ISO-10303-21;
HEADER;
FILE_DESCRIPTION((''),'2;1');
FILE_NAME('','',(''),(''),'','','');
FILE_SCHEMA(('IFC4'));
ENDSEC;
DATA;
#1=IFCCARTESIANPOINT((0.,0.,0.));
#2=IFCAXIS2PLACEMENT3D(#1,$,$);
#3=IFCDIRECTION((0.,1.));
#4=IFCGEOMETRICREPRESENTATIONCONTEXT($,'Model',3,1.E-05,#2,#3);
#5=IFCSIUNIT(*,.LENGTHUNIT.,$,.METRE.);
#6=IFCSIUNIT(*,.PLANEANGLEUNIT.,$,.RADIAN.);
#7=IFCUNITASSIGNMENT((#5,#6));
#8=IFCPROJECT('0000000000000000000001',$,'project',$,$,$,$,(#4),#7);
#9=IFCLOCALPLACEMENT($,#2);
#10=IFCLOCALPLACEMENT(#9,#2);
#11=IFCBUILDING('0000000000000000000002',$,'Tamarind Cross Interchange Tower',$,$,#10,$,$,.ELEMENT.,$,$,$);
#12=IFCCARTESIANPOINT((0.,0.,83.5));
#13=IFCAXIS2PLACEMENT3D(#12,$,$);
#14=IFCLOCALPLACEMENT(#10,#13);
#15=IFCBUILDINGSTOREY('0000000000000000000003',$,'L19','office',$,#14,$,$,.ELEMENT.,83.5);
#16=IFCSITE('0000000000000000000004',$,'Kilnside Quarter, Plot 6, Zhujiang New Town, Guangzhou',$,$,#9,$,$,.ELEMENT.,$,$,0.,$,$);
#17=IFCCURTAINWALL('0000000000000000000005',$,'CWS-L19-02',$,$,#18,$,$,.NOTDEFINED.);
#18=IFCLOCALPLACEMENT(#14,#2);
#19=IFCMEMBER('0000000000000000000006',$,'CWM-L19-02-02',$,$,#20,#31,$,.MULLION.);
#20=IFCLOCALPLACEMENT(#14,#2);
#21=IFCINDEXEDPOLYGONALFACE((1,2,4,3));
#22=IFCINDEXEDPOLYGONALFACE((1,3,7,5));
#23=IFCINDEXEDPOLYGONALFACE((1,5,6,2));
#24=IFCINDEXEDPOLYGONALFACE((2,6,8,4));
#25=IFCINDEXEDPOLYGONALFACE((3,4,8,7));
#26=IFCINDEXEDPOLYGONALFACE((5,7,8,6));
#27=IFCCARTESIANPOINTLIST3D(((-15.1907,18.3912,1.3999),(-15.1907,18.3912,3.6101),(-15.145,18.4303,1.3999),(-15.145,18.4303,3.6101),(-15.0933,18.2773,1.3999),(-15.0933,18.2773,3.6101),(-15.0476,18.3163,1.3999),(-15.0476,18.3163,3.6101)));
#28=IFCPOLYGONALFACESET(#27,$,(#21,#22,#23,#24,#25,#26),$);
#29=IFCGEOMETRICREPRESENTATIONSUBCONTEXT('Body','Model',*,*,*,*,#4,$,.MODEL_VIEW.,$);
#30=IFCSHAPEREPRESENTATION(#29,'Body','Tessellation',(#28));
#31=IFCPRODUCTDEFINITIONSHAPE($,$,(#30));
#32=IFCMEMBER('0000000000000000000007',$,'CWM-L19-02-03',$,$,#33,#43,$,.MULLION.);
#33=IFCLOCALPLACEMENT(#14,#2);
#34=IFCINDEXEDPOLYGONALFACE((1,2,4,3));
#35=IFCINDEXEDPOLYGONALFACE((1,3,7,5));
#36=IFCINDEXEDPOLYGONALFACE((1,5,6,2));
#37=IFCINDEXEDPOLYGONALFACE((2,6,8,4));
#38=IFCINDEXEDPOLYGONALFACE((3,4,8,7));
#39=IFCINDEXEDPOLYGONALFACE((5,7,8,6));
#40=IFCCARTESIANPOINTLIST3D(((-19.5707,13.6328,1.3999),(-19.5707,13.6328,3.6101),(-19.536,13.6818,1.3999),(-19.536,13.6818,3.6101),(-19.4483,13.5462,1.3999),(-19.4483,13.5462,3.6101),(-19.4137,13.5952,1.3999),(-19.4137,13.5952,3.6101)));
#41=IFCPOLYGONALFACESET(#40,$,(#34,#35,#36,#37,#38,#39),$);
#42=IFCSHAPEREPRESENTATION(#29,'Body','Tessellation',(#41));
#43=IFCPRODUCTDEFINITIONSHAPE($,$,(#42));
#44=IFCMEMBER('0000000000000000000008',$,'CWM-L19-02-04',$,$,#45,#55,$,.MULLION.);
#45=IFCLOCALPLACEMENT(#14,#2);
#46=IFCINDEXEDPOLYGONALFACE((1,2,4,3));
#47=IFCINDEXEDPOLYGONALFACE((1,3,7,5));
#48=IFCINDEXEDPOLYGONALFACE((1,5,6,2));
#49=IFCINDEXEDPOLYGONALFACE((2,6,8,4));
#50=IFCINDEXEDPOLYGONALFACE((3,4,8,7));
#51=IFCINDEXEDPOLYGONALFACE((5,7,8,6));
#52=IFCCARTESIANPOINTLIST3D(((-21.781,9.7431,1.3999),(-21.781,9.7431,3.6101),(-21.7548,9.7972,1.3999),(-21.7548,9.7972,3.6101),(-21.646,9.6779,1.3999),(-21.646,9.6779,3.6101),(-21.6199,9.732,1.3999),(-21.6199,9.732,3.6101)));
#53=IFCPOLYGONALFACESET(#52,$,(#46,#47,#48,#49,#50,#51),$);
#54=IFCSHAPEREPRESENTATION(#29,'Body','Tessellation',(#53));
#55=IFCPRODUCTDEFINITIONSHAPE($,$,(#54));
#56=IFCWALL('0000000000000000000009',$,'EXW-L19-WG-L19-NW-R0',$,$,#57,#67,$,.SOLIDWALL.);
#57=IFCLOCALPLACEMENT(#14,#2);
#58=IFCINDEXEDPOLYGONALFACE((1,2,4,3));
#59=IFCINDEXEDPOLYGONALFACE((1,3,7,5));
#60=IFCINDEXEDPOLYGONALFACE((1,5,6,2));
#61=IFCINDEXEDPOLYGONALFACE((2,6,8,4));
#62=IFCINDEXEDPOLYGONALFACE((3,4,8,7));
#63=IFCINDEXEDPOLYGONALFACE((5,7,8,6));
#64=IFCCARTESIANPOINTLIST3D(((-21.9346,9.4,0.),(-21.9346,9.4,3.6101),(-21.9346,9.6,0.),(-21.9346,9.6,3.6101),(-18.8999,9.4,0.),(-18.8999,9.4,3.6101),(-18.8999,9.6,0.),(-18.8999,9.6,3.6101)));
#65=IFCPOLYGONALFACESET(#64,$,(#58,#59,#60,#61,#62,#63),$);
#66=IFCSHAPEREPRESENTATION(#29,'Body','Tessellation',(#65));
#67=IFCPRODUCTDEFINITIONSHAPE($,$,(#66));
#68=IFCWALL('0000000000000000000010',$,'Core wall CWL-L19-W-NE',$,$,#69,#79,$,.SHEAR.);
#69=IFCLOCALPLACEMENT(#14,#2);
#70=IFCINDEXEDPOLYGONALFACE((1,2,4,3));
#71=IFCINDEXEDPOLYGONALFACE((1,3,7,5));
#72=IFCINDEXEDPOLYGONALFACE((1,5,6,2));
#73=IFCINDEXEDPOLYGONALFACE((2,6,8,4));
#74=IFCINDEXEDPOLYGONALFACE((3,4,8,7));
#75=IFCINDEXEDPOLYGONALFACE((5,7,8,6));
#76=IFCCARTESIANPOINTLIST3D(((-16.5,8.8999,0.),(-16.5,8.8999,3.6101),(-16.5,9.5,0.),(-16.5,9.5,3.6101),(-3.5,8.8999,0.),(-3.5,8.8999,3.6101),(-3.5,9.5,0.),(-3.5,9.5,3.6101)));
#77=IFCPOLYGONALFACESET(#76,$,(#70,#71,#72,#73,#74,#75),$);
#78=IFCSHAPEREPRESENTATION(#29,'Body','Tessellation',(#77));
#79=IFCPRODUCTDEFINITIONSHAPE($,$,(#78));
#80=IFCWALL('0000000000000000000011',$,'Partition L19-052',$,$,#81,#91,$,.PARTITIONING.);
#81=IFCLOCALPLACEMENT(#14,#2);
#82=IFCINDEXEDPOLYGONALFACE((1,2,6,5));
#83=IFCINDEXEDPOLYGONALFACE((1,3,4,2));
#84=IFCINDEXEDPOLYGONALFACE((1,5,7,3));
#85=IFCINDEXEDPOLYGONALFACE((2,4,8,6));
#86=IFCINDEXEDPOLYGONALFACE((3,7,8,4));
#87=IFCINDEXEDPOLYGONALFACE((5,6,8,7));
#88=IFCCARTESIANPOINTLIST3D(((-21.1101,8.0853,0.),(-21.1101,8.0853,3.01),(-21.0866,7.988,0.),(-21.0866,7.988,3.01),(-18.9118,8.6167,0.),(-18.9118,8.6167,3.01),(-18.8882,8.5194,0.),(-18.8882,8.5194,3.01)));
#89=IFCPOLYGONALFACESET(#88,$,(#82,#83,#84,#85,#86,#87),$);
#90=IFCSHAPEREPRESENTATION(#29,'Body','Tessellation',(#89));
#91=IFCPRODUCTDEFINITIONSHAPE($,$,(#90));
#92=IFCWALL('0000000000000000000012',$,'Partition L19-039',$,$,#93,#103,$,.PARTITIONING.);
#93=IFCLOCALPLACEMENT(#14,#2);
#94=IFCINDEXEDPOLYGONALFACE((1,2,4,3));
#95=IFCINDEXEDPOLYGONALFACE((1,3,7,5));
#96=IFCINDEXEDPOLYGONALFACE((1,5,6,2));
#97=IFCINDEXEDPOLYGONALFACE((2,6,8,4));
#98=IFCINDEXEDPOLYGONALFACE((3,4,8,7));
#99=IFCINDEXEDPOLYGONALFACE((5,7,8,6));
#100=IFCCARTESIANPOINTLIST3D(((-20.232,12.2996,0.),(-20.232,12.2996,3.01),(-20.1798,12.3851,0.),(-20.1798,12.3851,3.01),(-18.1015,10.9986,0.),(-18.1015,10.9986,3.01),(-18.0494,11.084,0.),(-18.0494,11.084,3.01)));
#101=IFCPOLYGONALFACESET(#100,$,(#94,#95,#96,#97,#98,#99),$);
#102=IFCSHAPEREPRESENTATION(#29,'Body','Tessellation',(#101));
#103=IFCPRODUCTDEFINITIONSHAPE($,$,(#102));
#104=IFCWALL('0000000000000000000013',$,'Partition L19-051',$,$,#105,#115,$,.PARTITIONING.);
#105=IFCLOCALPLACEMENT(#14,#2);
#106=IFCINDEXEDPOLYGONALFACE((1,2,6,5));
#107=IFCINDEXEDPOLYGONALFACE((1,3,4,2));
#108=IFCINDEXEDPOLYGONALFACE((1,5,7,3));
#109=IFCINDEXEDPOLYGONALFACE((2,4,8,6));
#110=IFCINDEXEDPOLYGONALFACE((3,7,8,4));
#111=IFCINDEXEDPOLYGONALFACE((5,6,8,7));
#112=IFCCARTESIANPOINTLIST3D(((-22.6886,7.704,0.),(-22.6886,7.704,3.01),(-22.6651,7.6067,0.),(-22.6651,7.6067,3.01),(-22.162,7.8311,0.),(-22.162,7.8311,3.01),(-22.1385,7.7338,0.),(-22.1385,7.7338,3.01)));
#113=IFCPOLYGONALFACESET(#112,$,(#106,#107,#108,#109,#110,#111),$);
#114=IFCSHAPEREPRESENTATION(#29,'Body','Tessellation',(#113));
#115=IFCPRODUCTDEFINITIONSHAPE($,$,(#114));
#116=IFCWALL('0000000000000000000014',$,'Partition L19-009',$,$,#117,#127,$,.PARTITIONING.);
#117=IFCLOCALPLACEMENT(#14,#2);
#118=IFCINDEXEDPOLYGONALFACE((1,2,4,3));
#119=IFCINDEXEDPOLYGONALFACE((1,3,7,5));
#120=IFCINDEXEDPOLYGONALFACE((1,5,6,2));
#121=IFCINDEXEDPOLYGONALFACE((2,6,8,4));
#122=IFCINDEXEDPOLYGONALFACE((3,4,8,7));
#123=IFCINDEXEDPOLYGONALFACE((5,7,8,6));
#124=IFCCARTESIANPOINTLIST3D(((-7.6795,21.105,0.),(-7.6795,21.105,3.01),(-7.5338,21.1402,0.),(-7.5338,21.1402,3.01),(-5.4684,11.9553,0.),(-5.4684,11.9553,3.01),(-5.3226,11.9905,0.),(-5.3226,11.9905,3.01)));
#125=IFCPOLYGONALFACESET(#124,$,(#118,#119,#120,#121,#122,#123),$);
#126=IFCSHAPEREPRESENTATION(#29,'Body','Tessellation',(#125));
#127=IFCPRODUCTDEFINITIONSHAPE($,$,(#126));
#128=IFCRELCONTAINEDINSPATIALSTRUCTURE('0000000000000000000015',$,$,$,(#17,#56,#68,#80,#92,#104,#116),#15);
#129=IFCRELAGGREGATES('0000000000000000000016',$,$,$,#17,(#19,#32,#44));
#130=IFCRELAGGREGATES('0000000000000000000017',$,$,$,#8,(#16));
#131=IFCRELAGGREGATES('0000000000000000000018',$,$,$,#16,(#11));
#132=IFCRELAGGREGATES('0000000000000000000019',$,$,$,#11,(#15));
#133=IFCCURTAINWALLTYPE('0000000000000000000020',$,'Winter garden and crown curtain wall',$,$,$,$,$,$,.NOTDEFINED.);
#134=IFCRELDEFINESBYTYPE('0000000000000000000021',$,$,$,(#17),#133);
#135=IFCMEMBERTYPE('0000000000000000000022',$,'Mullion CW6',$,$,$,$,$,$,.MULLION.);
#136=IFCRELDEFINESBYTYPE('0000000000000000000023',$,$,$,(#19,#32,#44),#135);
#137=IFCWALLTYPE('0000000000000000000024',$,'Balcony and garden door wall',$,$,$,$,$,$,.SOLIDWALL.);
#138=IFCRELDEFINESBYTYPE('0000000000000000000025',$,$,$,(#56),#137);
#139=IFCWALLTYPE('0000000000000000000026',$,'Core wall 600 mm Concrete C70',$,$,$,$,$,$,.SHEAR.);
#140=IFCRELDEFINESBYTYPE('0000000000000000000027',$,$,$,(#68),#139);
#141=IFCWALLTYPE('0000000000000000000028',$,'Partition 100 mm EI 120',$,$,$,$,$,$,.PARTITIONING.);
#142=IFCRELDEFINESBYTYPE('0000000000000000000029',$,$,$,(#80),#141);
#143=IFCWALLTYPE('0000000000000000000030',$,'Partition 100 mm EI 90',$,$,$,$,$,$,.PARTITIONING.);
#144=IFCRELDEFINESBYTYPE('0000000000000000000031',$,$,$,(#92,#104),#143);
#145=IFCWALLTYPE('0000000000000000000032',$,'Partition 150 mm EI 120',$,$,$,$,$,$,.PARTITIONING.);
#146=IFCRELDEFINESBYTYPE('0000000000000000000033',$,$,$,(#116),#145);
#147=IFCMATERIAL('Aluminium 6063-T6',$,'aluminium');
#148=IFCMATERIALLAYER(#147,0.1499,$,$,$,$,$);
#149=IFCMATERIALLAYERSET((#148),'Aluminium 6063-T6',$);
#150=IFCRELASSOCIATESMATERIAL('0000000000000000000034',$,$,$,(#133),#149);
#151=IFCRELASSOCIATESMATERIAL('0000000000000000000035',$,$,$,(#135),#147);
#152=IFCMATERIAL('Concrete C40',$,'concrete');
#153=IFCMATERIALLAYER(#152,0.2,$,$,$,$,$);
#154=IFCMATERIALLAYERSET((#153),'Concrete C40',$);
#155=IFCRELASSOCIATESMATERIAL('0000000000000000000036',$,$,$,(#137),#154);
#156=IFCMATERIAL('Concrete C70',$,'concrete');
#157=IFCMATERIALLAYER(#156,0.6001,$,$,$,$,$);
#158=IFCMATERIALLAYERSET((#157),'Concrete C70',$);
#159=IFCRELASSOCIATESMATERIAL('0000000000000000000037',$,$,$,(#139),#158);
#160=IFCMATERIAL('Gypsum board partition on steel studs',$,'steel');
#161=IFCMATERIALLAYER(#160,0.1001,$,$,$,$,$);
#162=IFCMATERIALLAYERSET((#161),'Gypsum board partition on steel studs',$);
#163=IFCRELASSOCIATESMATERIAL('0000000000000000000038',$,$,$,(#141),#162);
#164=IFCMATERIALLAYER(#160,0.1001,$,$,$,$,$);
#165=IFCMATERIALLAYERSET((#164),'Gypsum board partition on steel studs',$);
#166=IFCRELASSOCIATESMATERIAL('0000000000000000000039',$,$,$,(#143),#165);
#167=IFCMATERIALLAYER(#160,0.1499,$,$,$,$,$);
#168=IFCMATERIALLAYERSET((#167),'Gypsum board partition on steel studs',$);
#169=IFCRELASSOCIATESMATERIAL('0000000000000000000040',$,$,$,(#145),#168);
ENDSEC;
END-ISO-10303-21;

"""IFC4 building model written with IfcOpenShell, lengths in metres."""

from ifc_helpers import new_model, si_unit, direction, frame, frame_2d, origin, origin_2d, place, context, subcontext, project, spatial, rectangle, extrude, material, layer, layer_set, material_profile, profile_set, type_object, element, aggregate, save


model = new_model("IFC4")

# Units and contexts
model_context = context("Model", 3, precision=1e-05, world=origin(), true_north=direction((0.0, 1.0)))
body_context = subcontext(model_context, "Body", "Model", "MODEL_VIEW")
ifc_project = project(units=[si_unit("LENGTHUNIT", "METRE"), si_unit("PLANEANGLEUNIT", "RADIAN")], contexts=[model_context])

# Site, building, storey
site_placement = place(None, origin())
site = spatial("IfcSite", under=ifc_project, at=site_placement, Name="Kilnside Quarter, Plot 6, Zhujiang New Town, Guangzhou", CompositionType="ELEMENT", RefElevation=0.0)
building_placement = place(site_placement, origin())
building = spatial("IfcBuilding", under=site, at=building_placement, Name="Tamarind Cross Interchange Tower", CompositionType="ELEMENT")
storey_placement = place(building_placement, frame((0.0, 0.0, 83.5)))
storey = spatial("IfcBuildingStorey", under=building, at=storey_placement, Name="L19", Description="office", CompositionType="ELEMENT", Elevation=83.5)

# Curtain wall, members
ifc_material_1 = material(Name="Aluminium 6063-T6", Category="aluminium")
ifc_layer_1 = layer(ifc_material_1, 0.1499)
ifc_layer_set_1 = layer_set([ifc_layer_1], Name="Aluminium 6063-T6")
curtain_wall_type_1 = type_object("IfcCurtainWallType", Name="Winter garden and crown curtain wall", PredefinedType="NOTDEFINED", material=ifc_layer_set_1)
curtain_wall_1_placement = place(storey_placement, origin())
curtain_wall_1 = element("IfcCurtainWall", 1, at=curtain_wall_1_placement, inside=storey, type_object=curtain_wall_type_1, Name="CWS-L19-02", PredefinedType="NOTDEFINED")
ifc_material_profile_1 = material_profile(ifc_material_1, rectangle(XDim=0.0601, YDim=0.1499, at=origin_2d()), Name="Mullion CW6")
ifc_profile_set_1 = profile_set([ifc_material_profile_1], Name="Aluminium 6063-T6")
member_type_1 = type_object("IfcMemberType", Name="Mullion CW6", PredefinedType="MULLION", material=ifc_profile_set_1)
member_1_placement = place(storey_placement, frame((-15.1191, 18.3538, 1.3999), z_axis=(0.0, 0.0, 1.0), x_axis=(-0.760296, -0.649577, 0.0)))
member_1 = element("IfcMember", 2, at=member_1_placement, type_object=member_type_1, Name="CWM-L19-02-02", PredefinedType="MULLION", context=body_context, shape_type="SweptSolid", body=[
    extrude(rectangle(XDim=0.0601, YDim=0.1499, at=origin_2d()), origin(), (0.0, 0.0, 1.0), 2.2102),
])
member_2_placement = place(storey_placement, frame((-19.4922, 13.614, 1.3999), z_axis=(0.0, 0.0, 1.0), x_axis=(-0.577569, -0.816342, 0.0)))
member_2 = element("IfcMember", 3, at=member_2_placement, type_object=member_type_1, Name="CWM-L19-02-03", PredefinedType="MULLION", context=body_context, shape_type="SweptSolid", body=[
    extrude(rectangle(XDim=0.0601, YDim=0.1499, at=origin_2d()), origin(), (0.0, 0.0, 1.0), 2.2102),
])
member_3_placement = place(storey_placement, frame((-21.7004, 9.7375, 1.3999), z_axis=(0.0, 0.0, 1.0), x_axis=(-0.435326, -0.900273, 0.0)))
member_3 = element("IfcMember", 4, at=member_3_placement, type_object=member_type_1, Name="CWM-L19-02-04", PredefinedType="MULLION", context=body_context, shape_type="SweptSolid", body=[
    extrude(rectangle(XDim=0.0601, YDim=0.1499, at=origin_2d()), origin(), (0.0, 0.0, 1.0), 2.2102),
])
aggregate(curtain_wall_1, [member_1, member_2, member_3])

# Shared definitions
ifc_material_2 = material(Name="Concrete C40", Category="concrete")
ifc_layer_2 = layer(ifc_material_2, 0.2)
ifc_layer_set_2 = layer_set([ifc_layer_2], Name="Concrete C40")
wall_type_1 = type_object("IfcWallType", Name="Balcony and garden door wall", PredefinedType="SOLIDWALL", material=ifc_layer_set_2)

# Walls
wall_1_placement = place(storey_placement, frame((-18.8999, 9.5, 0.0), z_axis=(0.0, 0.0, 1.0), x_axis=(-1.0, 0.0, 0.0)))
element("IfcWall", 5, at=wall_1_placement, inside=storey, type_object=wall_type_1, Name="EXW-L19-WG-L19-NW-R0", PredefinedType="SOLIDWALL", context=body_context, shape_type="SweptSolid", body=[
    extrude(rectangle(XDim=3.0347, YDim=0.2, at=frame_2d((1.5173, 0.0))), origin(), (0.0, 0.0, 1.0), 3.6101),
])
ifc_material_3 = material(Name="Concrete C70", Category="concrete")
ifc_layer_3 = layer(ifc_material_3, 0.6001)
ifc_layer_set_3 = layer_set([ifc_layer_3], Name="Concrete C70")
wall_type_2 = type_object("IfcWallType", Name="Core wall 600 mm Concrete C70", PredefinedType="SHEAR", material=ifc_layer_set_3)
wall_2_placement = place(storey_placement, frame((-16.5, 9.2, 0.0), z_axis=(0.0, 0.0, 1.0), x_axis=(1.0, 0.0, 0.0)))
element("IfcWall", 6, at=wall_2_placement, inside=storey, type_object=wall_type_2, Name="Core wall CWL-L19-W-NE", PredefinedType="SHEAR", context=body_context, shape_type="SweptSolid", body=[
    extrude(rectangle(XDim=13.0, YDim=0.6001, at=frame_2d((6.5, 0.0))), origin(), (0.0, 0.0, 1.0), 3.6101),
])
ifc_material_4 = material(Name="Gypsum board partition on steel studs", Category="steel")
ifc_layer_4 = layer(ifc_material_4, 0.1001)
ifc_layer_set_4 = layer_set([ifc_layer_4], Name="Gypsum board partition on steel studs")
wall_type_3 = type_object("IfcWallType", Name="Partition 100 mm EI 120", PredefinedType="PARTITIONING", material=ifc_layer_set_4)
wall_3_placement = place(storey_placement, frame((-21.0984, 8.0366, 0.0), z_axis=(0.0, 0.0, 1.0), x_axis=(0.971999, 0.234985, 0.0)))
element("IfcWall", 7, at=wall_3_placement, inside=storey, type_object=wall_type_3, Name="Partition L19-052", PredefinedType="PARTITIONING", context=body_context, shape_type="SweptSolid", body=[
    extrude(rectangle(XDim=2.2617, YDim=0.1001, at=frame_2d((1.1309, 0.0))), origin(), (0.0, 0.0, 1.0), 3.01),
])
ifc_layer_5 = layer(ifc_material_4, 0.1001)
ifc_layer_set_5 = layer_set([ifc_layer_5], Name="Gypsum board partition on steel studs")
wall_type_4 = type_object("IfcWallType", Name="Partition 100 mm EI 90", PredefinedType="PARTITIONING", material=ifc_layer_set_5)
wall_4_placement = place(storey_placement, frame((-20.2058, 12.3423, 0.0), z_axis=(0.0, 0.0, 1.0), x_axis=(0.853437, -0.521197, 0.0)))
element("IfcWall", 8, at=wall_4_placement, inside=storey, type_object=wall_type_4, Name="Partition L19-039", PredefinedType="PARTITIONING", context=body_context, shape_type="SweptSolid", body=[
    extrude(rectangle(XDim=2.4963, YDim=0.1001, at=frame_2d((1.248, 0.0))), origin(), (0.0, 0.0, 1.0), 3.01),
])
wall_5_placement = place(storey_placement, frame((-22.677, 7.6553, 0.0), z_axis=(0.0, 0.0, 1.0), x_axis=(0.972047, 0.234787, 0.0)))
element("IfcWall", 9, at=wall_5_placement, inside=storey, type_object=wall_type_4, Name="Partition L19-051", PredefinedType="PARTITIONING", context=body_context, shape_type="SweptSolid", body=[
    extrude(rectangle(XDim=0.5417, YDim=0.1001, at=frame_2d((0.271, 0.0))), origin(), (0.0, 0.0, 1.0), 3.01),
])
ifc_layer_6 = layer(ifc_material_4, 0.1499)
ifc_layer_set_6 = layer_set([ifc_layer_6], Name="Gypsum board partition on steel studs")
wall_type_5 = type_object("IfcWallType", Name="Partition 150 mm EI 120", PredefinedType="PARTITIONING", material=ifc_layer_set_6)
wall_6_placement = place(storey_placement, frame((-7.6067, 21.1226, 0.0), z_axis=(0.0, 0.0, 1.0), x_axis=(0.234906, -0.972018, 0.0)))
element("IfcWall", 10, at=wall_6_placement, inside=storey, type_object=wall_type_5, Name="Partition L19-009", PredefinedType="PARTITIONING", context=body_context, shape_type="SweptSolid", body=[
    extrude(rectangle(XDim=9.4131, YDim=0.1499, at=frame_2d((4.7065, 0.0))), origin(), (0.0, 0.0, 1.0), 3.01),
])

save(model, "model.ifc")
